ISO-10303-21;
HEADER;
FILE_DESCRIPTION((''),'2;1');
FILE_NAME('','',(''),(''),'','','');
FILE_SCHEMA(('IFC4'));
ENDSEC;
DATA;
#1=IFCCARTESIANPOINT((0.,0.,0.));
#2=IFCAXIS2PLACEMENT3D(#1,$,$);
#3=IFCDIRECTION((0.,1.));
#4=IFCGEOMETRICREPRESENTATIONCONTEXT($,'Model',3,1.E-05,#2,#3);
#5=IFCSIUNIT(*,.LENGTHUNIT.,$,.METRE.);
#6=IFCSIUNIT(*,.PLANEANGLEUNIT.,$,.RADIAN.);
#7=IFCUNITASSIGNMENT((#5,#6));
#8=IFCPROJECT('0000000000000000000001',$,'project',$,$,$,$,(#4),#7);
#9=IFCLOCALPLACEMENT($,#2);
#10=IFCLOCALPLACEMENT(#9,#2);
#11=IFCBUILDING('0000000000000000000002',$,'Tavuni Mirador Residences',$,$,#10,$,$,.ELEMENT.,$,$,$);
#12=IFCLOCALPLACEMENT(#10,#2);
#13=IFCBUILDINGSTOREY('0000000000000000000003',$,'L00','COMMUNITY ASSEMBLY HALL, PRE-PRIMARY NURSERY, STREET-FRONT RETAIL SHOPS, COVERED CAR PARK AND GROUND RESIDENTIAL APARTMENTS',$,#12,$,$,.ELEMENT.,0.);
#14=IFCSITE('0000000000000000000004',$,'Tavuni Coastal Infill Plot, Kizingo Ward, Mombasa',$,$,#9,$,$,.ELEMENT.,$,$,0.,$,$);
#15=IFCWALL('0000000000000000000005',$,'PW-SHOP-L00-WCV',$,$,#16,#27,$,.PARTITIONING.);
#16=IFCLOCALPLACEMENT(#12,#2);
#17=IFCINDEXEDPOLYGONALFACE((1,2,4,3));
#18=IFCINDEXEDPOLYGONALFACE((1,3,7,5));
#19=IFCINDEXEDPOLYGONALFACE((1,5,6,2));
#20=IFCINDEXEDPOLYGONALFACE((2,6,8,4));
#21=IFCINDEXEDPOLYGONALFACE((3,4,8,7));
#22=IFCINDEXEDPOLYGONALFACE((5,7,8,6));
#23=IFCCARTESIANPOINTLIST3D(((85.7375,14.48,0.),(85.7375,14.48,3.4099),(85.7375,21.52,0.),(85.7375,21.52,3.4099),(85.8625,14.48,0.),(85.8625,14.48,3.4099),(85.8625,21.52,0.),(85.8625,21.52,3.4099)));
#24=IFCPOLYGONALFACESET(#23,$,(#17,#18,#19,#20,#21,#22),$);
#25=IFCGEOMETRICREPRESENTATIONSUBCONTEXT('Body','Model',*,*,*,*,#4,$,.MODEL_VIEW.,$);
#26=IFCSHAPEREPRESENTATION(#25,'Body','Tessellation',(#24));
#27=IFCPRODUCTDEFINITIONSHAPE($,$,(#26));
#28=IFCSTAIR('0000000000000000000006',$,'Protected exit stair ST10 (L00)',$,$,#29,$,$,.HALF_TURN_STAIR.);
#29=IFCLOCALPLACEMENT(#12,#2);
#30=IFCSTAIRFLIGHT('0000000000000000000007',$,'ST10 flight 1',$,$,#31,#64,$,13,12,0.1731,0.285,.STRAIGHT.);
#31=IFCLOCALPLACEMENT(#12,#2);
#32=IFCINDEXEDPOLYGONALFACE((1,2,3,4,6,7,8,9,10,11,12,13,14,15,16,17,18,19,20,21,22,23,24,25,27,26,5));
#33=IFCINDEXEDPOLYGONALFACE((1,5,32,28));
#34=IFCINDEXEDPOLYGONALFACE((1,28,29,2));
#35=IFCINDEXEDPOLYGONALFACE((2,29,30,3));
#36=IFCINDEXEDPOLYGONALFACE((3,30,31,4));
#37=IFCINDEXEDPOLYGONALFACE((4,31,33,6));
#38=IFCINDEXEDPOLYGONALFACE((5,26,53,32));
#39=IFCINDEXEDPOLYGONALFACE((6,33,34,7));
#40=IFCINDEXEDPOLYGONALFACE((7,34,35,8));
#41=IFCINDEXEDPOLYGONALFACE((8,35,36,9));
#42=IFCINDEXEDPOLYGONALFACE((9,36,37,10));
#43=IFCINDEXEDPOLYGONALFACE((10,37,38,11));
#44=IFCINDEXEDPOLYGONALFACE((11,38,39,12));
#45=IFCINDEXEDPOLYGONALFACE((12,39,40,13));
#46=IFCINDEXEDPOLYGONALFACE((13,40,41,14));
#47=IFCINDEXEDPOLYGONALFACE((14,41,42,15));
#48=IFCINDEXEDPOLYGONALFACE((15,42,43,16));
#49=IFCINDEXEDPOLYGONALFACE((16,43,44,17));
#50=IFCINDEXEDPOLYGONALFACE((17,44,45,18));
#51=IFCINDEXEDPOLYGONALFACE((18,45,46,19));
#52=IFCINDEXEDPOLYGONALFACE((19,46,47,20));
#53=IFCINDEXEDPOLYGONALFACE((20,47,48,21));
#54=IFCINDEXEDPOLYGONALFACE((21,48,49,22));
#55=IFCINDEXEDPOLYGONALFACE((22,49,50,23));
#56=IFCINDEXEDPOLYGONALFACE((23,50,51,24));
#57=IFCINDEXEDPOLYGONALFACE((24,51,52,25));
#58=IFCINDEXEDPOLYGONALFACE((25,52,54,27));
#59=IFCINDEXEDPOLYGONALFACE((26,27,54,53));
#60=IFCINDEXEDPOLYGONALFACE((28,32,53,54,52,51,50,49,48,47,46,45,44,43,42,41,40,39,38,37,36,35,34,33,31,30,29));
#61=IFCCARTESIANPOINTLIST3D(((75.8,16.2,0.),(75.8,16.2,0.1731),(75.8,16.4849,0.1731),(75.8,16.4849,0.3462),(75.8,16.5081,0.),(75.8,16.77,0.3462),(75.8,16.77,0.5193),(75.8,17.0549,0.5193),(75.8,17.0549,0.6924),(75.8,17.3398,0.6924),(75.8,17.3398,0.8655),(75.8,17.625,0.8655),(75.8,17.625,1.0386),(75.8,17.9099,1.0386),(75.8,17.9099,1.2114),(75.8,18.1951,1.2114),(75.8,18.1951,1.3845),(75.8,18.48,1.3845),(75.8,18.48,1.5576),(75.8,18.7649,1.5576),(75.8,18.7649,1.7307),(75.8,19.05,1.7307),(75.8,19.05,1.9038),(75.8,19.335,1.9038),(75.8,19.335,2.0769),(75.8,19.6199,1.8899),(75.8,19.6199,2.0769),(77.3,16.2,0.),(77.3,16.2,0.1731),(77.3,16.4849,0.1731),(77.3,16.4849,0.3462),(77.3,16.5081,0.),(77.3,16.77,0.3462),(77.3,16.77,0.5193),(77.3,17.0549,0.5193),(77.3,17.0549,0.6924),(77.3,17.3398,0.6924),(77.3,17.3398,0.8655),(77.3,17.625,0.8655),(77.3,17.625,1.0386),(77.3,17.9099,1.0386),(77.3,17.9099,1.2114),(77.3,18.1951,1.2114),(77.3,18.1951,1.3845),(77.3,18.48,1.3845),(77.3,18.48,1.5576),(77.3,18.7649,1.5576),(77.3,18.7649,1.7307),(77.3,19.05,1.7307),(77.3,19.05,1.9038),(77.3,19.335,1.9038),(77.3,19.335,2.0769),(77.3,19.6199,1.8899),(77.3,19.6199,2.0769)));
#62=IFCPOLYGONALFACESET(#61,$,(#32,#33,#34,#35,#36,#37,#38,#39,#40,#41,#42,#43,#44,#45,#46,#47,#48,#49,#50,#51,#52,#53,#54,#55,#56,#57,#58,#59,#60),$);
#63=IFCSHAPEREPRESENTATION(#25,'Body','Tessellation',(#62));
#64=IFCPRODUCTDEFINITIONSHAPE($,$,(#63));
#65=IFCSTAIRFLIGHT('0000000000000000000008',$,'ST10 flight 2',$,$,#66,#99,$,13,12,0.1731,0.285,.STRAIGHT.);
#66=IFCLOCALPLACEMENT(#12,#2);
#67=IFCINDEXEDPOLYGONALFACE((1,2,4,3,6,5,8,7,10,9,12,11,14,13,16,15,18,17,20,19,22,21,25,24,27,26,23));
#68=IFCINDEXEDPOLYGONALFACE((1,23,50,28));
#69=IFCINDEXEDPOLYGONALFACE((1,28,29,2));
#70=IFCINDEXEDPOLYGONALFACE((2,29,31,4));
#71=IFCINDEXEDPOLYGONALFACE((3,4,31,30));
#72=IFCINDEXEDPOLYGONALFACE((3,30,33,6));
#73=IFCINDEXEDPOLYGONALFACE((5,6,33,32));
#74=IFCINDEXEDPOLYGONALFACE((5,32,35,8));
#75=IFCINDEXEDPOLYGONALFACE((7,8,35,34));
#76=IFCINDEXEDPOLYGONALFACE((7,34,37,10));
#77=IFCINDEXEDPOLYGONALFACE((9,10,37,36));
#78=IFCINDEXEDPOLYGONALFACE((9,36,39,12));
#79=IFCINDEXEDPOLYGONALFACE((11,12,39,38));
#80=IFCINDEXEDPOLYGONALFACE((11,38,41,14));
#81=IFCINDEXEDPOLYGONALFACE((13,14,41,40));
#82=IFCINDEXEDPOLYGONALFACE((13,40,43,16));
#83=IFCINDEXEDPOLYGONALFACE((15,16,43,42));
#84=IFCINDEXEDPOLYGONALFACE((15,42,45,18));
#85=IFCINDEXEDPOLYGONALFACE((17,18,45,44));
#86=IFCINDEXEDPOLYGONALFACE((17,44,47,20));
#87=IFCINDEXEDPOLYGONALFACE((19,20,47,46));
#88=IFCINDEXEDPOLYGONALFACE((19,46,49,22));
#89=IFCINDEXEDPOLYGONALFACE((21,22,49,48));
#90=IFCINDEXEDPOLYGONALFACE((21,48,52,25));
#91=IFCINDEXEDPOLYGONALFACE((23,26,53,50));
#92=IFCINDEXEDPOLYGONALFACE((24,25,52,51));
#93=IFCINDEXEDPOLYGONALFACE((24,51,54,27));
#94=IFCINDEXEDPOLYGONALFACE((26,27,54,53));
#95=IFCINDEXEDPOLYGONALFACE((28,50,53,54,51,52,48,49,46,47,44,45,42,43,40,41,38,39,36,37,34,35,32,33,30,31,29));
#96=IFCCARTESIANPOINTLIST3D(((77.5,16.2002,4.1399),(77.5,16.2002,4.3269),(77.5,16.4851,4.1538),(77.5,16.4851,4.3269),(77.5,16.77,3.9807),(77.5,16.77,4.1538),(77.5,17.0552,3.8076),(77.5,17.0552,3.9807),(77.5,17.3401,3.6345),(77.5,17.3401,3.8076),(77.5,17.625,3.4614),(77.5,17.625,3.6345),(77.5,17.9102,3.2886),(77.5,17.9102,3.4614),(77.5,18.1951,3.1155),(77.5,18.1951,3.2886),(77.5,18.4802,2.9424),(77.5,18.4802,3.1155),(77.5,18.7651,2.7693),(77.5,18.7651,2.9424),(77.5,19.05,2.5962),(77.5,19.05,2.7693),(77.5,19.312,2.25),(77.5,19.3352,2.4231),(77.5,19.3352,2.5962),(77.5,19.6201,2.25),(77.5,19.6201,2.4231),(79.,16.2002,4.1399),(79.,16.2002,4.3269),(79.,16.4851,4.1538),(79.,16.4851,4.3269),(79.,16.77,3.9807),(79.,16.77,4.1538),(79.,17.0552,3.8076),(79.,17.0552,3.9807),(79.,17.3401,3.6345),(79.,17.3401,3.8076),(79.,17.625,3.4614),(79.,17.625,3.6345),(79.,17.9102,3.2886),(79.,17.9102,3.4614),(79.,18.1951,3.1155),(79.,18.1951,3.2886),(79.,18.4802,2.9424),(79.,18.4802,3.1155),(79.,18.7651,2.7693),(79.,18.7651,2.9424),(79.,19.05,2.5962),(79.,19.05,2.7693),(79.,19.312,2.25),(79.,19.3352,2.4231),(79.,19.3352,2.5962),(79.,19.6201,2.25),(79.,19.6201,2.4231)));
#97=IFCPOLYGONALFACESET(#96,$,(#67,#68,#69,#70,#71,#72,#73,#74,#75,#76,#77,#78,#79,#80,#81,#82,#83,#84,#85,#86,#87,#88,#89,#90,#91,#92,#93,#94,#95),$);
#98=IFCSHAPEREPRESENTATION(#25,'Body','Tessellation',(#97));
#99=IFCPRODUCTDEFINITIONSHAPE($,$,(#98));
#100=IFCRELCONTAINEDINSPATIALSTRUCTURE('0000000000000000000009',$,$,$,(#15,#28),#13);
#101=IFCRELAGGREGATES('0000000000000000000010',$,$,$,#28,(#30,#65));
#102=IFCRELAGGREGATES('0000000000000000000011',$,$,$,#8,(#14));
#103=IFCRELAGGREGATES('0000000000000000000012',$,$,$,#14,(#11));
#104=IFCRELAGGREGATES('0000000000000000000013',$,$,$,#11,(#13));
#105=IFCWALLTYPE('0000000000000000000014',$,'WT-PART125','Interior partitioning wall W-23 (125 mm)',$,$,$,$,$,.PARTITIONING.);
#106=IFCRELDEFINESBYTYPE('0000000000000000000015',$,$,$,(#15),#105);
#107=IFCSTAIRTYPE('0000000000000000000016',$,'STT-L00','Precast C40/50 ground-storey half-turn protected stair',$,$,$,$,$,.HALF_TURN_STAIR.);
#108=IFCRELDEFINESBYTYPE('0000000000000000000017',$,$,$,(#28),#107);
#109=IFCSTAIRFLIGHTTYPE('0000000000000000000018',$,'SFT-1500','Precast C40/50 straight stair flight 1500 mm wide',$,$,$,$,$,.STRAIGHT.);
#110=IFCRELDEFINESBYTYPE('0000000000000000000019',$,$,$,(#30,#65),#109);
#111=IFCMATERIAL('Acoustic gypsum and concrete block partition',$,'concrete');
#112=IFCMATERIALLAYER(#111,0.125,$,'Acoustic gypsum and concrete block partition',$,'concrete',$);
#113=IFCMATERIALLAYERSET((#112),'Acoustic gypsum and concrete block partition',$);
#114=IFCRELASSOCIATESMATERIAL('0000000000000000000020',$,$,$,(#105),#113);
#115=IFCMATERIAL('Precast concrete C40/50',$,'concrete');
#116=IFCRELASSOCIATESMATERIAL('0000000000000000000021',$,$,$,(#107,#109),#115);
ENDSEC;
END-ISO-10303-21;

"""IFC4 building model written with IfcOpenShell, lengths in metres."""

from ifc_helpers import new_model, si_unit, direction, frame, frame_2d, origin, place, context, subcontext, project, spatial, polyline, rectangle, outline, extrude, material, layer, layer_set, type_object, element, aggregate, save


model = new_model("IFC4")

# Units and contexts
model_context = context("Model", 3, precision=1e-05, world=origin(), true_north=direction((0.0, 1.0)))
body_context = subcontext(model_context, "Body", "Model", "MODEL_VIEW")
ifc_project = project(units=[si_unit("LENGTHUNIT", "METRE"), si_unit("PLANEANGLEUNIT", "RADIAN")], contexts=[model_context])

# Site, building, storey
site_placement = place(None, origin())
site = spatial("IfcSite", under=ifc_project, at=site_placement, Name="Tavuni Coastal Infill Plot, Kizingo Ward, Mombasa", CompositionType="ELEMENT", RefElevation=0.0)
building_placement = place(site_placement, origin())
building = spatial("IfcBuilding", under=site, at=building_placement, Name="Tavuni Mirador Residences", CompositionType="ELEMENT")
storey_placement = place(building_placement, origin())
storey = spatial("IfcBuildingStorey", under=building, at=storey_placement, Name="L00", Description="COMMUNITY ASSEMBLY HALL, PRE-PRIMARY NURSERY, STREET-FRONT RETAIL SHOPS, COVERED CAR PARK AND GROUND RESIDENTIAL APARTMENTS", CompositionType="ELEMENT", Elevation=0.0)

# Shared definitions
ifc_material_1 = material(Name="Precast concrete C40/50", Category="concrete")

# Wall
ifc_material_2 = material(Name="Acoustic gypsum and concrete block partition", Category="concrete")
ifc_layer_1 = layer(ifc_material_2, 0.125, Name="Acoustic gypsum and concrete block partition", Category="concrete")
ifc_layer_set_1 = layer_set([ifc_layer_1], Name="Acoustic gypsum and concrete block partition")
wall_type_1 = type_object("IfcWallType", Name="WT-PART125", Description="Interior partitioning wall W-23 (125 mm)", PredefinedType="PARTITIONING", material=ifc_layer_set_1)
wall_1_placement = place(storey_placement, frame((85.8, 14.48, 0.0), z_axis=(0.0, 0.0, 1.0), x_axis=(0.0, 1.0, 0.0)))
element("IfcWall", 1, at=wall_1_placement, inside=storey, type_object=wall_type_1, Name="PW-SHOP-L00-WCV", PredefinedType="PARTITIONING", context=body_context, shape_type="SweptSolid", body=[
    extrude(rectangle(XDim=7.04, YDim=0.125, at=frame_2d((3.52, 0.0))), origin(), (0.0, 0.0, 1.0), 3.4099),
])

# Stair, stair flights
stair_type = type_object("IfcStairType", Name="STT-L00", Description="Precast C40/50 ground-storey half-turn protected stair", PredefinedType="HALF_TURN_STAIR", material=ifc_material_1)
stair_placement = place(storey_placement, origin())
stair = element("IfcStair", 2, at=stair_placement, inside=storey, type_object=stair_type, Name="Protected exit stair ST10 (L00)", PredefinedType="HALF_TURN_STAIR")
stair_flight_type = type_object("IfcStairFlightType", Name="SFT-1500", Description="Precast C40/50 straight stair flight 1500 mm wide", PredefinedType="STRAIGHT", material=ifc_material_1)
stair_flight_1_placement = place(storey_placement, frame((76.55, 16.2, 0.0), z_axis=(0.0, 0.0, 1.0), x_axis=(0.0, 1.0, 0.0)))
stair_flight_1 = element("IfcStairFlight", 3, at=stair_flight_1_placement, type_object=stair_flight_type, Name="ST10 flight 1", NumberOfRisers=13, NumberOfTreads=12, PredefinedType="STRAIGHT", RiserHeight=0.1731, TreadLength=0.285, context=body_context, shape_type="SweptSolid", body=[
    extrude(outline(polyline([(0.0, 0.0), (0.0, 0.1731), (0.2849, 0.1731), (0.2849, 0.3462), (0.5701, 0.3462), (0.5701, 0.5193), (0.855, 0.5193), (0.855, 0.6924), (1.1399, 0.6924), (1.1399, 0.8655), (1.425, 0.8655), (1.425, 1.0386), (1.71, 1.0386), (1.71, 1.2114), (1.9951, 1.2114), (1.9951, 1.3845), (2.28, 1.3845), (2.28, 1.5576), (2.5649, 1.5576), (2.5649, 1.7307), (2.8501, 1.7307), (2.8501, 1.9038), (3.135, 1.9038), (3.135, 2.0769), (3.4199, 2.0769), (3.4199, 2.25), (3.4199, 1.8899), (0.3081, 0.0), (0.0, 0.0)])), frame((0.0, 0.75, 0.0), z_axis=(0.0, -1.0, 0.0), x_axis=(1.0, 0.0, 0.0)), (0.0, 0.0, 1.0), 1.5),
])
stair_flight_2_placement = place(storey_placement, frame((78.25, 19.6201, 2.25), z_axis=(0.0, 0.0, 1.0), x_axis=(0.0, -1.0, 0.0)))
stair_flight_2 = element("IfcStairFlight", 4, at=stair_flight_2_placement, type_object=stair_flight_type, Name="ST10 flight 2", NumberOfRisers=13, NumberOfTreads=12, PredefinedType="STRAIGHT", RiserHeight=0.1731, TreadLength=0.285, context=body_context, shape_type="SweptSolid", body=[
    extrude(outline(polyline([(0.0, 0.0), (0.0, 0.1731), (0.2849, 0.1731), (0.2849, 0.3462), (0.5701, 0.3462), (0.5701, 0.5193), (0.855, 0.5193), (0.855, 0.6924), (1.1399, 0.6924), (1.1399, 0.8655), (1.425, 0.8655), (1.425, 1.0386), (1.71, 1.0386), (1.71, 1.2114), (1.9951, 1.2114), (1.9951, 1.3845), (2.28, 1.3845), (2.28, 1.5576), (2.5649, 1.5576), (2.5649, 1.7307), (2.8501, 1.7307), (2.8501, 1.9038), (3.135, 1.9038), (3.135, 2.0769), (3.4199, 2.0769), (3.4199, 2.25), (3.4199, 1.8899), (0.3081, 0.0), (0.0, 0.0)])), frame((0.0, 0.75, 0.0), z_axis=(0.0, -1.0, 0.0), x_axis=(1.0, 0.0, 0.0)), (0.0, 0.0, 1.0), 1.5),
])
aggregate(stair, [stair_flight_1, stair_flight_2])

save(model, "model.ifc")
